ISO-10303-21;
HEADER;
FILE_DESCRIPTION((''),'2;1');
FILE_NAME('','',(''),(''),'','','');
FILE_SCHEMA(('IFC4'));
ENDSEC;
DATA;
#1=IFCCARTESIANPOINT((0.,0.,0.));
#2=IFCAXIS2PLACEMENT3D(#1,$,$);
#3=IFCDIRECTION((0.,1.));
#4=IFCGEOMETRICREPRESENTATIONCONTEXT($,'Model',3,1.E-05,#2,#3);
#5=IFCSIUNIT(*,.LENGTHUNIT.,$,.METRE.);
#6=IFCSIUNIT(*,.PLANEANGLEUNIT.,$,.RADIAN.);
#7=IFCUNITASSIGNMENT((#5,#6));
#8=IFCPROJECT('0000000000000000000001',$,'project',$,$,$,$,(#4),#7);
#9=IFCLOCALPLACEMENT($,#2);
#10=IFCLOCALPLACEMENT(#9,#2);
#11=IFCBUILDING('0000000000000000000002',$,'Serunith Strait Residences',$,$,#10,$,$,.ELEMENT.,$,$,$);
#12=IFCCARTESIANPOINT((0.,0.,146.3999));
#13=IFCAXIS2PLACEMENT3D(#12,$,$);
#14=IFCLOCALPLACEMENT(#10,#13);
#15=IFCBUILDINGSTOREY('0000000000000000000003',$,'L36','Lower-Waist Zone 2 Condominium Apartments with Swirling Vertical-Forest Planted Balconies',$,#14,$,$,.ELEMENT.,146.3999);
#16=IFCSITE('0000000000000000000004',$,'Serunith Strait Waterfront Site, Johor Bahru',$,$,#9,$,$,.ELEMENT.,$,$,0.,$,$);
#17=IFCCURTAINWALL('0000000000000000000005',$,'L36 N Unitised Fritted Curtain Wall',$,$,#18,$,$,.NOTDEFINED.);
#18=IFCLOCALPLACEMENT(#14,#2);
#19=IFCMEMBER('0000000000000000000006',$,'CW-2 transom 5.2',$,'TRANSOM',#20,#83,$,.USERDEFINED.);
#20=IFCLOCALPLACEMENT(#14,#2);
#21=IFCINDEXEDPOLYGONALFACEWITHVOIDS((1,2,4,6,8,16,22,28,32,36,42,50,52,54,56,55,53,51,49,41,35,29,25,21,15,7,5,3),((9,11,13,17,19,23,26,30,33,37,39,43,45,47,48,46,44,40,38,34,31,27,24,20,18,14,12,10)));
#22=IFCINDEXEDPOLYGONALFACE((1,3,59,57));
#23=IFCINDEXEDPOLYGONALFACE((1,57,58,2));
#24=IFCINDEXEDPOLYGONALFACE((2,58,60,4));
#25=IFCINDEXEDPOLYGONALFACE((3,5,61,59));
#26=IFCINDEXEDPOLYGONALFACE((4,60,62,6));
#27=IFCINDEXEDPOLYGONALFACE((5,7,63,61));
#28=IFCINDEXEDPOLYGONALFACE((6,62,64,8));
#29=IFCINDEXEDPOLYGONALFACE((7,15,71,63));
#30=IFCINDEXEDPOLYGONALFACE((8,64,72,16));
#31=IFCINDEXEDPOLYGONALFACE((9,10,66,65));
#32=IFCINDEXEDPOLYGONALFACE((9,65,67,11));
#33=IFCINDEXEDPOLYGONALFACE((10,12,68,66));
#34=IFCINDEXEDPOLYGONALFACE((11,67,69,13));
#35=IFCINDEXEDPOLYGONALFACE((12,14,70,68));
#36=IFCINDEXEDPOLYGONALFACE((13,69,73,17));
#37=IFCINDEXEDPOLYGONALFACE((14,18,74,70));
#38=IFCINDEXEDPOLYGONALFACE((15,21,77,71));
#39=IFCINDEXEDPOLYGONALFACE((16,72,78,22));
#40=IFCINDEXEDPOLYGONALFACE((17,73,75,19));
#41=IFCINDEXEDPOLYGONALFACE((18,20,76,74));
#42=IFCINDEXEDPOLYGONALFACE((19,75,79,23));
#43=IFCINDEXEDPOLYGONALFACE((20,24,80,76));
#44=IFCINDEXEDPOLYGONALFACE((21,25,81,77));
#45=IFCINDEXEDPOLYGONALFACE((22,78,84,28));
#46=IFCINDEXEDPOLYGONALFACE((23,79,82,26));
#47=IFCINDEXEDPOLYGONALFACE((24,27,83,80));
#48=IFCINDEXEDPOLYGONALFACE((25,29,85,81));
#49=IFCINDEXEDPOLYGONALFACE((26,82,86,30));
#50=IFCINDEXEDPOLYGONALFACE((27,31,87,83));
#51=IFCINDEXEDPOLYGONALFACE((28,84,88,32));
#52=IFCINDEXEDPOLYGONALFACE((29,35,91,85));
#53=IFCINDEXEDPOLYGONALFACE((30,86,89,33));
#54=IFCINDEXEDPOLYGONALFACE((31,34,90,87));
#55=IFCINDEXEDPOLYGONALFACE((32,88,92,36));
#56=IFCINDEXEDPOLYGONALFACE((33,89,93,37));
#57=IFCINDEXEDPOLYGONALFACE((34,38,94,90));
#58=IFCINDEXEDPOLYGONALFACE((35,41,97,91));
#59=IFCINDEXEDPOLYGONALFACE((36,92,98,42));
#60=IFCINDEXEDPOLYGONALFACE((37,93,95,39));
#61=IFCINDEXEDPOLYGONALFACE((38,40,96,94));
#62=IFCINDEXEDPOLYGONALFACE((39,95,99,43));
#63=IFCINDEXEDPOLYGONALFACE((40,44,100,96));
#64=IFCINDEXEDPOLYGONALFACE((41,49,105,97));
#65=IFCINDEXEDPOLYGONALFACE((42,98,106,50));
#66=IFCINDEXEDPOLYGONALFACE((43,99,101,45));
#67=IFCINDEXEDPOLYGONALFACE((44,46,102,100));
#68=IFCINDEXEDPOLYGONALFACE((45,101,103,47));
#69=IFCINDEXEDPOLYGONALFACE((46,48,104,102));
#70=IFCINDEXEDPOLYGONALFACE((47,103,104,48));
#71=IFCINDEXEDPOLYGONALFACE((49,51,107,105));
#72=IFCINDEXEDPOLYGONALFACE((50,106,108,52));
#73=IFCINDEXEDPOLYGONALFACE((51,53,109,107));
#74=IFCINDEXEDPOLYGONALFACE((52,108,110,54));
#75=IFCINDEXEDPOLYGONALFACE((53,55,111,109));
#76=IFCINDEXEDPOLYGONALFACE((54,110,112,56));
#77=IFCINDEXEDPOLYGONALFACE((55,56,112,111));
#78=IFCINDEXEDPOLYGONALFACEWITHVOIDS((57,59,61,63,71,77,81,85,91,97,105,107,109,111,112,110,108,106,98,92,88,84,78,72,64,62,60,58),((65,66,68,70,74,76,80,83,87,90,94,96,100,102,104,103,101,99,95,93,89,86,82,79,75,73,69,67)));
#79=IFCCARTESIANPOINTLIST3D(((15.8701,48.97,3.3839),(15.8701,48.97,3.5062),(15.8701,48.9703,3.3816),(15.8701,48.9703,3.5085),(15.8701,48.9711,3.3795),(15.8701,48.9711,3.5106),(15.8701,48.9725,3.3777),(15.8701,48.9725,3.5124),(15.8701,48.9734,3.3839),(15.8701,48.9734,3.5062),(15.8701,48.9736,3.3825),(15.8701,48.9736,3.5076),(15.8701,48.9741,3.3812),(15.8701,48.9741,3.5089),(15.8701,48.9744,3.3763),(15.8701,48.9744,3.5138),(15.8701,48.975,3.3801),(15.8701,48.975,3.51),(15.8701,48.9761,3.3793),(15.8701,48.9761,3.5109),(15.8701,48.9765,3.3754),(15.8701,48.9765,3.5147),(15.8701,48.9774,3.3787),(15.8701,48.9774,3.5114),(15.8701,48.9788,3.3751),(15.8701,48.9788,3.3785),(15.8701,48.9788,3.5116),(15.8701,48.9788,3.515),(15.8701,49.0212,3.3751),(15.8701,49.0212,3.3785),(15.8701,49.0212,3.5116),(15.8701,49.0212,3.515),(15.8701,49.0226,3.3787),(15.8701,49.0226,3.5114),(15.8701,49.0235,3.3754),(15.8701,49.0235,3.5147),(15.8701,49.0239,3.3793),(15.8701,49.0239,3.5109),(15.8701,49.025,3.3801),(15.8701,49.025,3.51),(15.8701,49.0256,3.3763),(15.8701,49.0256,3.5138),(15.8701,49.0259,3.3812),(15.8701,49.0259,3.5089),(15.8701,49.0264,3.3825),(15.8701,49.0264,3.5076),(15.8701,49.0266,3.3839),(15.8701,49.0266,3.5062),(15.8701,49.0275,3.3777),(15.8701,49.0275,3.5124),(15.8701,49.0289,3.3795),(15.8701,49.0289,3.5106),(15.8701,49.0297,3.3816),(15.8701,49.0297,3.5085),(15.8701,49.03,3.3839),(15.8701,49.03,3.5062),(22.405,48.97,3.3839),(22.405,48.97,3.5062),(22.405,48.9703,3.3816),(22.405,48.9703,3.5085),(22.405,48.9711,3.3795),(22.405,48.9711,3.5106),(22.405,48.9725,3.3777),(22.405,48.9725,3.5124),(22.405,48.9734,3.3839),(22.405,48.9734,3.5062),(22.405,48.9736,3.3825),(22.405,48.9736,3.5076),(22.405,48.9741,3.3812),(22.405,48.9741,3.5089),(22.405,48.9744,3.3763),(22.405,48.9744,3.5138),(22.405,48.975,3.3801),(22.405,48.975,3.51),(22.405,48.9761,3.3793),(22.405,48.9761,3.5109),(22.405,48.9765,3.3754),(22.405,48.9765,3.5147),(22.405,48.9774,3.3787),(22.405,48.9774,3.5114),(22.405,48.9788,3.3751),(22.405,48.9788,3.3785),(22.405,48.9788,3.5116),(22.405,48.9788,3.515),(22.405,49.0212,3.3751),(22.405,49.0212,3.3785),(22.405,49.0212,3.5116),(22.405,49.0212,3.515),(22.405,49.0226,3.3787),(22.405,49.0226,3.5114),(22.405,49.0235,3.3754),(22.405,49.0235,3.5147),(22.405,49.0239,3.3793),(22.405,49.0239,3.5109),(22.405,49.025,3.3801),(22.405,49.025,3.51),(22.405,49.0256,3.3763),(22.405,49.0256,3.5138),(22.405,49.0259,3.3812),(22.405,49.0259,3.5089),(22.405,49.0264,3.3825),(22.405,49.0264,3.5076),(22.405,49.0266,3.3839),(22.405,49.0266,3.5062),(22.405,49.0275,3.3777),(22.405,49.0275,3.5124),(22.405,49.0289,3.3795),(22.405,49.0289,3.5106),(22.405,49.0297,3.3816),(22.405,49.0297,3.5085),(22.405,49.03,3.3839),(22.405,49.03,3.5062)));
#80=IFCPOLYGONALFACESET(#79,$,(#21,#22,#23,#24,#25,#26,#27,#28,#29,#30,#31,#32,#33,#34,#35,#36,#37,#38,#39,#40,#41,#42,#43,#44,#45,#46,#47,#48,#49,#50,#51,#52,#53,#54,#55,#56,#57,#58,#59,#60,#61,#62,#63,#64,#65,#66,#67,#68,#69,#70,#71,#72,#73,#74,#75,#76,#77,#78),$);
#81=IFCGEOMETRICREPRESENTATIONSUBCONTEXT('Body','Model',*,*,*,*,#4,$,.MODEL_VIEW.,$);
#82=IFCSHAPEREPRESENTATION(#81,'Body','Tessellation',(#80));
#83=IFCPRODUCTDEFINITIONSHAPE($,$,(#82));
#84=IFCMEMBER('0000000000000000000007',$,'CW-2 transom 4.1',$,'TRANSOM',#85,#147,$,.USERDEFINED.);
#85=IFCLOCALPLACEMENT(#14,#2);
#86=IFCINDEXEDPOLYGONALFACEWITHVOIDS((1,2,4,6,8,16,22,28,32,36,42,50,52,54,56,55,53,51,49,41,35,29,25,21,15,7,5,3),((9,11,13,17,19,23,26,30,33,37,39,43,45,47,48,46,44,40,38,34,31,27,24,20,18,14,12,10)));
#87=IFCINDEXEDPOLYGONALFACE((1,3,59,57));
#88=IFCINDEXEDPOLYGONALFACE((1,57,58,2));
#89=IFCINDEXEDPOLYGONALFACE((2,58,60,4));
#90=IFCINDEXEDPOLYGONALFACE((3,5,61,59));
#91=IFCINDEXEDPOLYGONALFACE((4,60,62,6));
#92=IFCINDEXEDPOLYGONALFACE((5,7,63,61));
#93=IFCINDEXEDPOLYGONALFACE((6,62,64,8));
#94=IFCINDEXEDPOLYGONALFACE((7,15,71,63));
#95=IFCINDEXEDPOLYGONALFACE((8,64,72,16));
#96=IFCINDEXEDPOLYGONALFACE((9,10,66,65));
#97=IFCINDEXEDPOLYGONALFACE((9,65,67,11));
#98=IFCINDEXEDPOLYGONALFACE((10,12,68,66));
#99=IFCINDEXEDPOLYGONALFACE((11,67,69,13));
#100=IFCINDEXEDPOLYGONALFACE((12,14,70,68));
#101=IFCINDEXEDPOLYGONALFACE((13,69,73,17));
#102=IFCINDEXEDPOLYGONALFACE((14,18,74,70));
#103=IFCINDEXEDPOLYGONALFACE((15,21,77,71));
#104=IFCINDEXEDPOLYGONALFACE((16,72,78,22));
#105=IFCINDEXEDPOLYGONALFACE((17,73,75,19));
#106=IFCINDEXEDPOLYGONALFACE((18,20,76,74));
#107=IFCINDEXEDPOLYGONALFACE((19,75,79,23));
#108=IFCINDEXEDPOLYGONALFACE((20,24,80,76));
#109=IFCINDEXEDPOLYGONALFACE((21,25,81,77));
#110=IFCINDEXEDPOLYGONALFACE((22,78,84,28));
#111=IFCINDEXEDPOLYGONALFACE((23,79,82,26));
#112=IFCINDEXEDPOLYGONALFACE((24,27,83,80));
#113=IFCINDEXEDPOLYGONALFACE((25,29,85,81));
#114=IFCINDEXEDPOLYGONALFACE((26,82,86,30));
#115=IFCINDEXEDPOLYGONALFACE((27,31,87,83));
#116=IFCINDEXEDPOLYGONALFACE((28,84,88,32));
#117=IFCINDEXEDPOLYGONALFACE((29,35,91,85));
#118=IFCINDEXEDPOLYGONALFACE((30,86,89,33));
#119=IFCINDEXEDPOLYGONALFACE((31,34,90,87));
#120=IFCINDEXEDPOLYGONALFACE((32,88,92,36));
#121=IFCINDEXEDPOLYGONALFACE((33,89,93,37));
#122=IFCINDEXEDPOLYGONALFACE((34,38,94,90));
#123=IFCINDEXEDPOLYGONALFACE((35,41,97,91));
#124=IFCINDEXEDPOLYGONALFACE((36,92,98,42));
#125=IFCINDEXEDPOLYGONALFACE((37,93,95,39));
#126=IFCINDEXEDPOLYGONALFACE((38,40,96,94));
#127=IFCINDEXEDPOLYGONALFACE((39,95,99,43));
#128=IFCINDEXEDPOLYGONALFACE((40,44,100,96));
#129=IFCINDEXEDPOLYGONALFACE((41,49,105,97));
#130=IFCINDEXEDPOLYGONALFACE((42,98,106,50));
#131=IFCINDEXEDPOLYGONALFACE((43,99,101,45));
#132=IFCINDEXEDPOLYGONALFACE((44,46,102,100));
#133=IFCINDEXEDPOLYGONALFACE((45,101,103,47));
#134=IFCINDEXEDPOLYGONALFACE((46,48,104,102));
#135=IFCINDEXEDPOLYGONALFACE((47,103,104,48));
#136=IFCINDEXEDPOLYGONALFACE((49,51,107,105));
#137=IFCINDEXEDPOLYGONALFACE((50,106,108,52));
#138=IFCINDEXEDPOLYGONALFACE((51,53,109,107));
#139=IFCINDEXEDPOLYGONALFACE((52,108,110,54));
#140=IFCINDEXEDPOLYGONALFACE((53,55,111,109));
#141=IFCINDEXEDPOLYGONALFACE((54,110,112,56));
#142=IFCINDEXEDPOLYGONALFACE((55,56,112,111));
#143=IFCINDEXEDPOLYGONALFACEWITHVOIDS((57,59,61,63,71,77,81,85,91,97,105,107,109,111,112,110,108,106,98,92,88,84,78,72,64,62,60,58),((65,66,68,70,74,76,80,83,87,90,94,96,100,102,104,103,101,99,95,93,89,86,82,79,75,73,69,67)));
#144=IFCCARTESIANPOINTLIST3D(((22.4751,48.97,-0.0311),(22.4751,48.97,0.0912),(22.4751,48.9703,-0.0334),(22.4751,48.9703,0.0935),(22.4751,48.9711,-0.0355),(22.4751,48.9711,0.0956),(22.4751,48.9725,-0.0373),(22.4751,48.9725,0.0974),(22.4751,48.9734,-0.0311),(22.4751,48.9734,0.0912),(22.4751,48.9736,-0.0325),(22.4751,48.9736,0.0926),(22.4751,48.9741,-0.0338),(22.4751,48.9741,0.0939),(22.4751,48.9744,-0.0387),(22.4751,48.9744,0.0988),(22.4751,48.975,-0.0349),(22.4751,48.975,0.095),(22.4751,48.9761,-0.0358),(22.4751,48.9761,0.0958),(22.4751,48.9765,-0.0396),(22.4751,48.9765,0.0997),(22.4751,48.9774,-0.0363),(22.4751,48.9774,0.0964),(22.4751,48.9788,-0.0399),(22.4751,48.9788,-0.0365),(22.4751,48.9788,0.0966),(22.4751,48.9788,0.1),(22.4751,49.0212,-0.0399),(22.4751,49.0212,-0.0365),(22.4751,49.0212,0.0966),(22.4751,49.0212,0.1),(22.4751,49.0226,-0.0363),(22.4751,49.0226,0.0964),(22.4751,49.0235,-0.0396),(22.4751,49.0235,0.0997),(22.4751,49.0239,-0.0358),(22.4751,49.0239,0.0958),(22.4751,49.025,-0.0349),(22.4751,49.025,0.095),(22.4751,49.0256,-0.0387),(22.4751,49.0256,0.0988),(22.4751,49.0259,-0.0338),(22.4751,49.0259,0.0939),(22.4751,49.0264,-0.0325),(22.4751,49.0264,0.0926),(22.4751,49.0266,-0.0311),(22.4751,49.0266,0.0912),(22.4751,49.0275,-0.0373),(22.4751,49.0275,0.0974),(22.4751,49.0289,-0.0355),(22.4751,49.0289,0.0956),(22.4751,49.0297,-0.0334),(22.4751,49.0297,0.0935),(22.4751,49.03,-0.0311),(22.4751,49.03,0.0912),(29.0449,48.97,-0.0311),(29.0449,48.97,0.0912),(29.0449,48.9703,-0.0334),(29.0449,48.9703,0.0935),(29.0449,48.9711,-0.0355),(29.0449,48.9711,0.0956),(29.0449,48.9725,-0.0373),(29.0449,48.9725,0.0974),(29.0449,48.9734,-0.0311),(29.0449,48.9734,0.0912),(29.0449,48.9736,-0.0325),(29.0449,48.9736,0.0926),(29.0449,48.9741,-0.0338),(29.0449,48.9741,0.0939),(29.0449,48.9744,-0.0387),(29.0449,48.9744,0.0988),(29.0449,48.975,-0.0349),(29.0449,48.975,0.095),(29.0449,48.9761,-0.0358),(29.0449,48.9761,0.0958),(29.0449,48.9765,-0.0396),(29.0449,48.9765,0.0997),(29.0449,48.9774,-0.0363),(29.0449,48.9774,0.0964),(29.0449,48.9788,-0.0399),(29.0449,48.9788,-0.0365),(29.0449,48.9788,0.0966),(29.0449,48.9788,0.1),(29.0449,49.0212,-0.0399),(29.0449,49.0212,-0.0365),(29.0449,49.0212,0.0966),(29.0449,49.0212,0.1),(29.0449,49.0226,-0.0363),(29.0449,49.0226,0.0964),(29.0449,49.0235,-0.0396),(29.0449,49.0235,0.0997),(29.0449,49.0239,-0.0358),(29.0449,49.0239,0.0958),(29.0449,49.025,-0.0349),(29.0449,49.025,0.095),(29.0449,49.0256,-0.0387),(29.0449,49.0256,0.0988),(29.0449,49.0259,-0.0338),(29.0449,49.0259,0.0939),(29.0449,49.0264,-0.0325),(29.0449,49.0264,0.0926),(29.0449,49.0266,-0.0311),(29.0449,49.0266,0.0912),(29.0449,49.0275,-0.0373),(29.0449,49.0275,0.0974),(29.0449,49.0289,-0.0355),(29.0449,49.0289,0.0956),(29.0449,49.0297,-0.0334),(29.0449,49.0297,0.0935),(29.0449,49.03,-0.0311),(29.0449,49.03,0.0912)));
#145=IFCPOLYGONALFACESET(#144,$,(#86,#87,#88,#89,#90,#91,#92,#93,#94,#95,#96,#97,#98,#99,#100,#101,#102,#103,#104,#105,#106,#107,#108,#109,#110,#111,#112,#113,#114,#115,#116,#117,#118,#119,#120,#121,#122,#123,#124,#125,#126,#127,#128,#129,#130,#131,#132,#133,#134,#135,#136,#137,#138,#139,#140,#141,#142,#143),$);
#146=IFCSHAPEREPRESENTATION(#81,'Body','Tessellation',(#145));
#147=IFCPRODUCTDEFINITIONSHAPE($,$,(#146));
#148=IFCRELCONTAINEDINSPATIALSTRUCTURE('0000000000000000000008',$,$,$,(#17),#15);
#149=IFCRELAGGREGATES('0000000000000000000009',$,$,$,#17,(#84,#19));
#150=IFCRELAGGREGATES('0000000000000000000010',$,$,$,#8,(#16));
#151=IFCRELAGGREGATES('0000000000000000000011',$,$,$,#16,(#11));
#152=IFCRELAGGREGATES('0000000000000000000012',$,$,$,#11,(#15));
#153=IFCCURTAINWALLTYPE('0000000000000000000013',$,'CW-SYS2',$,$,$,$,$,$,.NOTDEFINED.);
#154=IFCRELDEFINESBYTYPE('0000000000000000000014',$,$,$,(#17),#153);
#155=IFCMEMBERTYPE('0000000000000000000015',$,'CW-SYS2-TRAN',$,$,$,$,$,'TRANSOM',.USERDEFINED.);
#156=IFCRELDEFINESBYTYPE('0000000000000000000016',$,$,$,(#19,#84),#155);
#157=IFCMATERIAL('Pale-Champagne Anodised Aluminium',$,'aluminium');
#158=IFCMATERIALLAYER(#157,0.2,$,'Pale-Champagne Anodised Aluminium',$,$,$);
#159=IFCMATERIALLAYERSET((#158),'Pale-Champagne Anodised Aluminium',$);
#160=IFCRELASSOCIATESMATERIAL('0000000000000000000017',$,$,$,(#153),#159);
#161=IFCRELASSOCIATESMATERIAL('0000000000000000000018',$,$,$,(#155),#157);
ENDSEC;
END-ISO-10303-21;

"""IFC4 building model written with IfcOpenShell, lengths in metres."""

from ifc_helpers import new_model, si_unit, direction, frame, origin, origin_2d, place, context, subcontext, project, spatial, hollow_rectangle, extrude, source, transform, mapped, material, layer, layer_set, material_profile, profile_set, type_object, element, aggregate, save


model = new_model("IFC4")

# Units and contexts
model_context = context("Model", 3, precision=1e-05, world=origin(), true_north=direction((0.0, 1.0)))
body_context = subcontext(model_context, "Body", "Model", "MODEL_VIEW")
ifc_project = project(units=[si_unit("LENGTHUNIT", "METRE"), si_unit("PLANEANGLEUNIT", "RADIAN")], contexts=[model_context])

# Site, building, storey
site_placement = place(None, origin())
site = spatial("IfcSite", under=ifc_project, at=site_placement, Name="Serunith Strait Waterfront Site, Johor Bahru", CompositionType="ELEMENT", RefElevation=0.0)
building_placement = place(site_placement, origin())
building = spatial("IfcBuilding", under=site, at=building_placement, Name="Serunith Strait Residences", CompositionType="ELEMENT")
storey_placement = place(building_placement, frame((0.0, 0.0, 146.3999)))
storey = spatial("IfcBuildingStorey", under=building, at=storey_placement, Name="L36", Description="Lower-Waist Zone 2 Condominium Apartments with Swirling Vertical-Forest Planted Balconies", CompositionType="ELEMENT", Elevation=146.3999)

# Curtain wall, members
ifc_material_1 = material(Name="Pale-Champagne Anodised Aluminium", Category="aluminium")
ifc_layer_1 = layer(ifc_material_1, 0.2, Name="Pale-Champagne Anodised Aluminium")
ifc_layer_set_1 = layer_set([ifc_layer_1], Name="Pale-Champagne Anodised Aluminium")
curtain_wall_type = type_object("IfcCurtainWallType", Name="CW-SYS2", PredefinedType="NOTDEFINED", material=ifc_layer_set_1)
curtain_wall_placement = place(storey_placement, origin())
curtain_wall = element("IfcCurtainWall", 1, at=curtain_wall_placement, inside=storey, type_object=curtain_wall_type, Name="L36 N Unitised Fritted Curtain Wall", PredefinedType="NOTDEFINED")
ifc_material_profile_1 = material_profile(ifc_material_1, hollow_rectangle(XDim=0.0601, YDim=0.1399, WallThickness=0.0034, InnerFilletRadius=0.0054, OuterFilletRadius=0.0088, at=origin_2d()), Name="ALU 140x60x3.5")
ifc_profile_set_1 = profile_set([ifc_material_profile_1], Name="Pale-Champagne Anodised Aluminium")
member_type_1 = type_object("IfcMemberType", Name="CW-SYS2-TRAN", ElementType="TRANSOM", PredefinedType="USERDEFINED", material=ifc_profile_set_1)
shared_shape_1 = source(origin(), body_context, "Body", "SweptSolid", [
    extrude(hollow_rectangle(XDim=0.0601, YDim=0.1399, WallThickness=0.0034, InnerFilletRadius=0.0054, OuterFilletRadius=0.0088, at=origin_2d()), origin(), (0.0, 0.0, 1.0), 6.5349),
])
member_1_placement = place(storey_placement, frame((22.405, 49.0, 3.4451), z_axis=(-1.0, 0.0, 0.0), x_axis=(0.0, -1.0, 0.0)))
member_1 = element("IfcMember", 2, at=member_1_placement, type_object=member_type_1, Name="CW-2 transom 5.2", ObjectType="TRANSOM", PredefinedType="USERDEFINED", context=body_context, shape_type="MappedRepresentation", body=[
    mapped(shared_shape_1, transform((0.0, 0.0, 0.0), scale=1.0)),
])
shared_shape_2 = source(origin(), body_context, "Body", "SweptSolid", [
    extrude(hollow_rectangle(XDim=0.0601, YDim=0.1399, WallThickness=0.0034, InnerFilletRadius=0.0054, OuterFilletRadius=0.0088, at=origin_2d()), origin(), (0.0, 0.0, 1.0), 6.5698),
])
member_2_placement = place(storey_placement, frame((29.0449, 49.0, 0.03), z_axis=(-1.0, 0.0, 0.0), x_axis=(0.0, -1.0, 0.0)))
member_2 = element("IfcMember", 3, at=member_2_placement, type_object=member_type_1, Name="CW-2 transom 4.1", ObjectType="TRANSOM", PredefinedType="USERDEFINED", context=body_context, shape_type="MappedRepresentation", body=[
    mapped(shared_shape_2, transform((0.0, 0.0, 0.0), scale=1.0)),
])
aggregate(curtain_wall, [member_2, member_1])

save(model, "model.ifc")
